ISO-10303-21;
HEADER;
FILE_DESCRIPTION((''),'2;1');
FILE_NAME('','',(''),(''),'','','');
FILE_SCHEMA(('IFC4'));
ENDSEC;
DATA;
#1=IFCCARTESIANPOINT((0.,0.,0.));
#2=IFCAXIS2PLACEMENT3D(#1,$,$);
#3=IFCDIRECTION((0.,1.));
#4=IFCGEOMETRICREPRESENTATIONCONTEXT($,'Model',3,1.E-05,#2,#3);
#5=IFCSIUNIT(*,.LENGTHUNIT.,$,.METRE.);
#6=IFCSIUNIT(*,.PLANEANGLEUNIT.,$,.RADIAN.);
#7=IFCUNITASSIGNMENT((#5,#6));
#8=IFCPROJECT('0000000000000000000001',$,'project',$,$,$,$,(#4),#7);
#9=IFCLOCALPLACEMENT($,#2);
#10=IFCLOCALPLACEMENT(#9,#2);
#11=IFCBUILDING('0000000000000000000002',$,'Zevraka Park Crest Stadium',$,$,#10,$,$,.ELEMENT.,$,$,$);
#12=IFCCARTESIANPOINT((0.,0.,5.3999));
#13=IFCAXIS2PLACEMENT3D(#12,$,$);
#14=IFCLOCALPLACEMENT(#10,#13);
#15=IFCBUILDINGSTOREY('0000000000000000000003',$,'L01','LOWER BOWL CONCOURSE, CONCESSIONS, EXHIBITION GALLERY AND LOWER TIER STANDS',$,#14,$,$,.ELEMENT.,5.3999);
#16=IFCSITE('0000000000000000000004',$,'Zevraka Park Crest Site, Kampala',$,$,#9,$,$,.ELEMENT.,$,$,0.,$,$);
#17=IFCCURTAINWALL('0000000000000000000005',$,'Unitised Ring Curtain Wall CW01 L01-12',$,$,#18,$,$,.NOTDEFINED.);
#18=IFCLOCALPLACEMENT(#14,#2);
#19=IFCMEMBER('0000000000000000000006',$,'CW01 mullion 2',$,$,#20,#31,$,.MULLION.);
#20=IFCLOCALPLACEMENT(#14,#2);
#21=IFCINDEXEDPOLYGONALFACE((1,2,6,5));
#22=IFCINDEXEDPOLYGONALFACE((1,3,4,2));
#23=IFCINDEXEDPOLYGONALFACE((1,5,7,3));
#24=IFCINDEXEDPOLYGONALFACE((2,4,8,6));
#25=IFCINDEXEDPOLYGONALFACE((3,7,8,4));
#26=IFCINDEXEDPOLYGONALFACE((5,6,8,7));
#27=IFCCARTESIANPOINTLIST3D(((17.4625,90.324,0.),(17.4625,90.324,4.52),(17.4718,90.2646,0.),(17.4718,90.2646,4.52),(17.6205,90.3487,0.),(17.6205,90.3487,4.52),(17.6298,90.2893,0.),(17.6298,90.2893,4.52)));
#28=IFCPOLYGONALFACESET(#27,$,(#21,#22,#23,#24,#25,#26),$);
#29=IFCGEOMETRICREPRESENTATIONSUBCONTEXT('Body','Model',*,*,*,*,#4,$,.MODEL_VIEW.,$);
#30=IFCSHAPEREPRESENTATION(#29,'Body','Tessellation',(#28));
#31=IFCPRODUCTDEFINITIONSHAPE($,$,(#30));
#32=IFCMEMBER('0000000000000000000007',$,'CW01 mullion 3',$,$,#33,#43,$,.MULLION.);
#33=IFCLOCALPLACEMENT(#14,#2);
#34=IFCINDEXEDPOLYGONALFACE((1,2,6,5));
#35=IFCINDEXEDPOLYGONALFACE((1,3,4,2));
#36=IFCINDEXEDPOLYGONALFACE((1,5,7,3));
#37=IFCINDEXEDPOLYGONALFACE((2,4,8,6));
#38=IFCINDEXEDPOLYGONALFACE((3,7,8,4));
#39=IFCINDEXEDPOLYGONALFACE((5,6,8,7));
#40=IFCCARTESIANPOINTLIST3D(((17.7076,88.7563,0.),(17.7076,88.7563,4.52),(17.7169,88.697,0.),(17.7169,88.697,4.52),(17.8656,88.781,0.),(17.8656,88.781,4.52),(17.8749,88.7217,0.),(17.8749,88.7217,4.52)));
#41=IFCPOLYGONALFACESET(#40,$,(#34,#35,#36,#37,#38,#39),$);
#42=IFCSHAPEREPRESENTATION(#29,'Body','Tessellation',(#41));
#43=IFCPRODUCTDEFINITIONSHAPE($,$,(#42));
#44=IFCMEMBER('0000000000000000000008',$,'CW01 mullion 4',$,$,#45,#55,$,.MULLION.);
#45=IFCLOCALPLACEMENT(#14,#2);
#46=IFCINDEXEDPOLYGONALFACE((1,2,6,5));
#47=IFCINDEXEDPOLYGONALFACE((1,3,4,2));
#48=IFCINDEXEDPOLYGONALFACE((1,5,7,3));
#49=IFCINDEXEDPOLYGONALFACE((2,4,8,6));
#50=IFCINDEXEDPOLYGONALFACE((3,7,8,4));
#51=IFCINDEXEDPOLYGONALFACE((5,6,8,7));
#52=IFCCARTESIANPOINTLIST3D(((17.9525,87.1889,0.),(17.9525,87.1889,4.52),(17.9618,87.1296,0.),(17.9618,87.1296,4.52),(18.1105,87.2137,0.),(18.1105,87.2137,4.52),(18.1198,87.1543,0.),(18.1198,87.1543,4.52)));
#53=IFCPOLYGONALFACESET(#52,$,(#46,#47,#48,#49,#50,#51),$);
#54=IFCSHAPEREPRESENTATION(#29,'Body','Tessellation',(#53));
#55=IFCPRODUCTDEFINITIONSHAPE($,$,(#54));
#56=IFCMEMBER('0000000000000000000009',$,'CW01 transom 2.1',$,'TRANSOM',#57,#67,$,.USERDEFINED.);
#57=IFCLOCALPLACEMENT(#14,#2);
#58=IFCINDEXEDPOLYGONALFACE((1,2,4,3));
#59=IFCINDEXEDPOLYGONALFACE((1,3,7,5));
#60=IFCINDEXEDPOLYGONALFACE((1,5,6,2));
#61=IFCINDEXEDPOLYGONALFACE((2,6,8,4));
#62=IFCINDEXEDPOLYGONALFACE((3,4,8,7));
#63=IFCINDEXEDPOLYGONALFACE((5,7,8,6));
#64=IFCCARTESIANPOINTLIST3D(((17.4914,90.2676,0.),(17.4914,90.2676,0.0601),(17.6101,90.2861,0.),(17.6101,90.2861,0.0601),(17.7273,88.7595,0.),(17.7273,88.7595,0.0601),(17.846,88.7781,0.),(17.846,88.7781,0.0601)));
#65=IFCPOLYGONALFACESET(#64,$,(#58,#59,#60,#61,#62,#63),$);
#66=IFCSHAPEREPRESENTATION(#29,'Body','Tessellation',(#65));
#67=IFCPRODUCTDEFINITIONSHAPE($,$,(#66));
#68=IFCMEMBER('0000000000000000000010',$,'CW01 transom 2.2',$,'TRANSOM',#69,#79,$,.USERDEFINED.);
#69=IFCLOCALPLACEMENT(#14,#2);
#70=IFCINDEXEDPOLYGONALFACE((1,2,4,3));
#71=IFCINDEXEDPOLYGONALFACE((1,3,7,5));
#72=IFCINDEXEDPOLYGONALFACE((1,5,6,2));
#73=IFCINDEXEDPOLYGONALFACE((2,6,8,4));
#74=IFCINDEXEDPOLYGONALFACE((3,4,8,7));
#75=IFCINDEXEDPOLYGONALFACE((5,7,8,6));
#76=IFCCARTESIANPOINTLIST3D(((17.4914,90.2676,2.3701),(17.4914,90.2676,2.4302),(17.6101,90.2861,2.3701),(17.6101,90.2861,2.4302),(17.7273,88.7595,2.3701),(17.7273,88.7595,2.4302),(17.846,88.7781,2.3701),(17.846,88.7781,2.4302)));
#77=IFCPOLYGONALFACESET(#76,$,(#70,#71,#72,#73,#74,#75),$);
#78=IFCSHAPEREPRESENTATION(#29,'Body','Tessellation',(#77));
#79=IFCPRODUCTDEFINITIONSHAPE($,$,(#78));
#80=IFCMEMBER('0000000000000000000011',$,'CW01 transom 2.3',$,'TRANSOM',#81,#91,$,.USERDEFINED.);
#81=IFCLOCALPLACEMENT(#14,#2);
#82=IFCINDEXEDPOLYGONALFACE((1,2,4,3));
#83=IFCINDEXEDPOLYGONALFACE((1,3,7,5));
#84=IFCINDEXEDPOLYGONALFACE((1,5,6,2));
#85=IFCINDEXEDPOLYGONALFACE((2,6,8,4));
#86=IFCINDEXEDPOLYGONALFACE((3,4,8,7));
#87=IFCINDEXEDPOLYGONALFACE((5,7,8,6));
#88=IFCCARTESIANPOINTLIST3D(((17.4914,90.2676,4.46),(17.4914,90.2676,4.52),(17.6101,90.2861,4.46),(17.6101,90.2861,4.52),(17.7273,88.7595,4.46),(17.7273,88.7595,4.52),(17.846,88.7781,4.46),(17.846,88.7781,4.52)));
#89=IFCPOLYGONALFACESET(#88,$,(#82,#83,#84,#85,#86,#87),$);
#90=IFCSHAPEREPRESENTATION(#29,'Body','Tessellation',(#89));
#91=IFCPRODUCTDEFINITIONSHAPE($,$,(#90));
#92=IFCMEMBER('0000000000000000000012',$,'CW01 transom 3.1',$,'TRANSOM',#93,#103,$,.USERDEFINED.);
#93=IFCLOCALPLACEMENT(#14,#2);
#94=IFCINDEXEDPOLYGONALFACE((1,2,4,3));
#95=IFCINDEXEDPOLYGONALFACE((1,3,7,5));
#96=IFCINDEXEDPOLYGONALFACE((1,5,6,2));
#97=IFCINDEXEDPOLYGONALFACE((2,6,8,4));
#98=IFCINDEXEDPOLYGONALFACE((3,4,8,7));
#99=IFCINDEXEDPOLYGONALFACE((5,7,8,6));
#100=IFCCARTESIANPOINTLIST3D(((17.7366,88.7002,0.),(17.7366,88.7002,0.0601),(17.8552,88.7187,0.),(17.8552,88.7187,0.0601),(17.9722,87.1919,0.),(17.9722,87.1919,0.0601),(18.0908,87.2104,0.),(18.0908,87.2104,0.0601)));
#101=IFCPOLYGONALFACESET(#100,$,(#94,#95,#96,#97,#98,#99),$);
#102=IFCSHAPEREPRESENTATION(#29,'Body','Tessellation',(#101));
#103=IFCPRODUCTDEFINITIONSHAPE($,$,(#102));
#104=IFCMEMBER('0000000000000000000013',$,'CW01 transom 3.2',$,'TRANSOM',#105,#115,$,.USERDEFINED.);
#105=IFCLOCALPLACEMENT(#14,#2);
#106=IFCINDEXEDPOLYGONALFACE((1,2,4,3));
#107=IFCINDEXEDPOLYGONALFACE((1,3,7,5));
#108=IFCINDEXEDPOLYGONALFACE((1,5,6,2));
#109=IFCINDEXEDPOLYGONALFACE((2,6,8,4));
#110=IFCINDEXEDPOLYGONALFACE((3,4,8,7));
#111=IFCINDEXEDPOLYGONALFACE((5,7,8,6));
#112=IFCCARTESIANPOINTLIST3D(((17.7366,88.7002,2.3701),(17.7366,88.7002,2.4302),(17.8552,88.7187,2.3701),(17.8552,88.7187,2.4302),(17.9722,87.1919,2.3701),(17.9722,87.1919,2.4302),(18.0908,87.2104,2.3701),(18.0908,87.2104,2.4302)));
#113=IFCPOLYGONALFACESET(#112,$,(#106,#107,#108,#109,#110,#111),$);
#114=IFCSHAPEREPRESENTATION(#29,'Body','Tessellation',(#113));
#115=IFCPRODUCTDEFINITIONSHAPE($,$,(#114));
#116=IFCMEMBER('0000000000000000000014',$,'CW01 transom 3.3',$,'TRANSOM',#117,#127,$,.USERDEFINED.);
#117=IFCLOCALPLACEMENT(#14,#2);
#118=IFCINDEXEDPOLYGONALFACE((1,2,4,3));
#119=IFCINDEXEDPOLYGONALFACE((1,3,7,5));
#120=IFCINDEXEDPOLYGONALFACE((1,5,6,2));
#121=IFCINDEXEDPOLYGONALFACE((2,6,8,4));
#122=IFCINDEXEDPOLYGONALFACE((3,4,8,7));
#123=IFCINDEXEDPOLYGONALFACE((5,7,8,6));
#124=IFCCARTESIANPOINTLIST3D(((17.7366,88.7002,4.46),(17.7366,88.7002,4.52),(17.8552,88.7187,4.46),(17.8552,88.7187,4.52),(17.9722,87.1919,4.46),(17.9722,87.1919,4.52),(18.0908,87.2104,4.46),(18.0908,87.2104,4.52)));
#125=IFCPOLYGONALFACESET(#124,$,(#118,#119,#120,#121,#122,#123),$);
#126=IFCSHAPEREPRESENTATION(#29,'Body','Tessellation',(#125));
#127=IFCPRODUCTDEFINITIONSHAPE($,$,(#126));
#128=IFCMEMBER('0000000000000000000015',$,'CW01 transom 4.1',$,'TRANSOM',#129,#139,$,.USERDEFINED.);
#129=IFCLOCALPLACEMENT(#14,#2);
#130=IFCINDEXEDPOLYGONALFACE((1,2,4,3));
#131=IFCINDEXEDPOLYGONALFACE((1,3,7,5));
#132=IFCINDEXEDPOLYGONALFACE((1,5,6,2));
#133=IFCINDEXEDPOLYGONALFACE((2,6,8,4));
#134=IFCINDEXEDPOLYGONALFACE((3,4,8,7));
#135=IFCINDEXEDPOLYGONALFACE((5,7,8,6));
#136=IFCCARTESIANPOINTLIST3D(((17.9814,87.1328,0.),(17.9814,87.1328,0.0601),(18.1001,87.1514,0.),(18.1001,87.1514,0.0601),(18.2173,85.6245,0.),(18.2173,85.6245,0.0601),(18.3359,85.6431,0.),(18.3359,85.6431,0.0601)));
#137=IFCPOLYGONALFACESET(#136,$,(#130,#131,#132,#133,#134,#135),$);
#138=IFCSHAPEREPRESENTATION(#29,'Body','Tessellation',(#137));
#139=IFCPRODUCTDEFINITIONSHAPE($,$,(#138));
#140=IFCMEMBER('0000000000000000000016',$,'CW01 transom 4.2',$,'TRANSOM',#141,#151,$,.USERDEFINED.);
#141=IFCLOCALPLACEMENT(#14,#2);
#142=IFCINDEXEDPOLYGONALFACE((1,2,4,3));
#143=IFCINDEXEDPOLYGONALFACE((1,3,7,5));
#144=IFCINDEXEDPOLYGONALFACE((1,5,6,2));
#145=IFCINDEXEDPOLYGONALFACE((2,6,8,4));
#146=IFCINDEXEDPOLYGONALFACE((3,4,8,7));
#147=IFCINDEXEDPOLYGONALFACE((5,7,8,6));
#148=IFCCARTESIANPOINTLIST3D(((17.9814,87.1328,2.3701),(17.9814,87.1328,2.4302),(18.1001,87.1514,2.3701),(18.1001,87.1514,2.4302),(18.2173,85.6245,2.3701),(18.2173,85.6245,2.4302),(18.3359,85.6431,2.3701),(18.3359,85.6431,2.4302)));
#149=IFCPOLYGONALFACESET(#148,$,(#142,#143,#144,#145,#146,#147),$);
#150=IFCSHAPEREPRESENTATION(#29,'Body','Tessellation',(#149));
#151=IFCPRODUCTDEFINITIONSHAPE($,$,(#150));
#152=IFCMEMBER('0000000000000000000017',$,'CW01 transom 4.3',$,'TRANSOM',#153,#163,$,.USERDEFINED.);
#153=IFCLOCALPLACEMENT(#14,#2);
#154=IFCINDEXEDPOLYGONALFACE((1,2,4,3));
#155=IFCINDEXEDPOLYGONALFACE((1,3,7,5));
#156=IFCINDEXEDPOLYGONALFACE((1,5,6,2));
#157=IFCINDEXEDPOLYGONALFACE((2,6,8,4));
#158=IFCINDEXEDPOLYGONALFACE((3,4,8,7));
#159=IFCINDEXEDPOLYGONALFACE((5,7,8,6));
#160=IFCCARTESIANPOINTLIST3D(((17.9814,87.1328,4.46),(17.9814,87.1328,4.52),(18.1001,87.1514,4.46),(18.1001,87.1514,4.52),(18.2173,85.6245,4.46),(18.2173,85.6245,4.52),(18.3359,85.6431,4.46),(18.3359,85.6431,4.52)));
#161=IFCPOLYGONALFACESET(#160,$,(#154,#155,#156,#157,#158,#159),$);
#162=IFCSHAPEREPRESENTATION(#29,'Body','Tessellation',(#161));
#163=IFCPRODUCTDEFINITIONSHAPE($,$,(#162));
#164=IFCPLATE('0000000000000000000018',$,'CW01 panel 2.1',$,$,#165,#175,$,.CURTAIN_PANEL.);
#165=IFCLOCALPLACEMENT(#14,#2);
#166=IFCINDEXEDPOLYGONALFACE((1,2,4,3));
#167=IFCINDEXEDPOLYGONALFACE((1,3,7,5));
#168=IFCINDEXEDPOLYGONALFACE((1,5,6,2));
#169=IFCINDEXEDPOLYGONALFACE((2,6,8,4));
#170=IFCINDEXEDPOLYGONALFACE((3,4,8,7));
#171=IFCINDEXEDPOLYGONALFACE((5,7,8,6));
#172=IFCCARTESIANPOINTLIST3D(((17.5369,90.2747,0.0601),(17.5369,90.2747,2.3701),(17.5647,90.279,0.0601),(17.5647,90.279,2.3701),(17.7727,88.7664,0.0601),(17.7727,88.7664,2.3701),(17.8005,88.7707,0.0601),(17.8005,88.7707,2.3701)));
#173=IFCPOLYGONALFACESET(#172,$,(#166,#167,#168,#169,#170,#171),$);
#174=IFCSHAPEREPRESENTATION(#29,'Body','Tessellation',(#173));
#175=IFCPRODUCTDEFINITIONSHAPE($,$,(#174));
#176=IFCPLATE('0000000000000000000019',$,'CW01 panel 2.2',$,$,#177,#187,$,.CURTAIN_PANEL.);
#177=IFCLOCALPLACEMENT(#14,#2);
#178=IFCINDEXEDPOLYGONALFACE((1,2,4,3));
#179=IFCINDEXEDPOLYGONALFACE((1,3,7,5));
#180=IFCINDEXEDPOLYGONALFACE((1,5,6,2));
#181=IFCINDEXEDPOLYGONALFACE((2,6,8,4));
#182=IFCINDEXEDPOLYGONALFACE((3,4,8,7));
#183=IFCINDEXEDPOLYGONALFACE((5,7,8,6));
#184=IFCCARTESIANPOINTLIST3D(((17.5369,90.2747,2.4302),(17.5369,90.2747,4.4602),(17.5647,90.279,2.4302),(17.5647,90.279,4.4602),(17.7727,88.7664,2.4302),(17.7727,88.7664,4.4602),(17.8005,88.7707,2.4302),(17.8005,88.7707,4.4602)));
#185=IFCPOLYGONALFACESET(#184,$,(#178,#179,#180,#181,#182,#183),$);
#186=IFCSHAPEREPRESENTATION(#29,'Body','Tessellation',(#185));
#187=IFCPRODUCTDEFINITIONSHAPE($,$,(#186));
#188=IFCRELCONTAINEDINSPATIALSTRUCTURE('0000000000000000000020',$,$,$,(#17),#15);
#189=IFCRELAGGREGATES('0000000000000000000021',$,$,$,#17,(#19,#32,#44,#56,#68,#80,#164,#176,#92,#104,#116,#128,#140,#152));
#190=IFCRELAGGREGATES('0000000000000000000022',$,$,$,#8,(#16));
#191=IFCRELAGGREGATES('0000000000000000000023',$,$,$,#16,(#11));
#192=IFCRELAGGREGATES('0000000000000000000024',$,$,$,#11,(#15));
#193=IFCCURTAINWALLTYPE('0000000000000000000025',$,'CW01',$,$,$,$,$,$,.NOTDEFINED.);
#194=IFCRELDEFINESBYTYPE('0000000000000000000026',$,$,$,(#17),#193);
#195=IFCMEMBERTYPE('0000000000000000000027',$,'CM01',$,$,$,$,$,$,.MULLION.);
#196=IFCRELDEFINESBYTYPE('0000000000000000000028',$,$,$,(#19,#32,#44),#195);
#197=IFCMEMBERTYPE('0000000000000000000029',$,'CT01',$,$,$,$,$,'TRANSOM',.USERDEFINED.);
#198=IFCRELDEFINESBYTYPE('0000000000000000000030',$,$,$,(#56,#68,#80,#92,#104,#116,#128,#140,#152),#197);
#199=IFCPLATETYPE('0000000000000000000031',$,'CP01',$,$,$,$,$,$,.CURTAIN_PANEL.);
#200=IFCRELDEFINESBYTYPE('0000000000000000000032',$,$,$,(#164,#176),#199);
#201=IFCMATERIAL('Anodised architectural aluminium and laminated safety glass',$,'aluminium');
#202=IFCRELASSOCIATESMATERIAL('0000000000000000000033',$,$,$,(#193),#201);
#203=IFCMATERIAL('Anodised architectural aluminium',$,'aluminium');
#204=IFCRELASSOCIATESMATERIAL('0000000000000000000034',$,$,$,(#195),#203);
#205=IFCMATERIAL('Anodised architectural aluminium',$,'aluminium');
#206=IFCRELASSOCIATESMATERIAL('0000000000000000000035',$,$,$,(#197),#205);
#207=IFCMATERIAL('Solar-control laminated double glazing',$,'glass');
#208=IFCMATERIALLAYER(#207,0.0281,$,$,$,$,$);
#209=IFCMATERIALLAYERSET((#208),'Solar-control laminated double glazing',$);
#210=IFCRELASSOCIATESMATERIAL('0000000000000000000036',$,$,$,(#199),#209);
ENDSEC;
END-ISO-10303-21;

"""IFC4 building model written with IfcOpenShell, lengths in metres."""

from ifc_helpers import new_model, si_unit, direction, frame, origin, origin_2d, place, context, subcontext, project, spatial, rectangle, extrude, material, layer, layer_set, material_profile, profile_set, type_object, element, aggregate, save


model = new_model("IFC4")

# Units and contexts
model_context = context("Model", 3, precision=1e-05, world=origin(), true_north=direction((0.0, 1.0)))
body_context = subcontext(model_context, "Body", "Model", "MODEL_VIEW")
ifc_project = project(units=[si_unit("LENGTHUNIT", "METRE"), si_unit("PLANEANGLEUNIT", "RADIAN")], contexts=[model_context])

# Site, building, storey
site_placement = place(None, origin())
site = spatial("IfcSite", under=ifc_project, at=site_placement, Name="Zevraka Park Crest Site, Kampala", CompositionType="ELEMENT", RefElevation=0.0)
building_placement = place(site_placement, origin())
building = spatial("IfcBuilding", under=site, at=building_placement, Name="Zevraka Park Crest Stadium", CompositionType="ELEMENT")
storey_placement = place(building_placement, frame((0.0, 0.0, 5.3999)))
storey = spatial("IfcBuildingStorey", under=building, at=storey_placement, Name="L01", Description="LOWER BOWL CONCOURSE, CONCESSIONS, EXHIBITION GALLERY AND LOWER TIER STANDS", CompositionType="ELEMENT", Elevation=5.3999)

# Curtain wall, members, plates
ifc_material_1 = material(Name="Anodised architectural aluminium and laminated safety glass", Category="aluminium")
curtain_wall_type = type_object("IfcCurtainWallType", Name="CW01", PredefinedType="NOTDEFINED", material=ifc_material_1)
curtain_wall_placement = place(storey_placement, origin())
curtain_wall = element("IfcCurtainWall", 1, at=curtain_wall_placement, inside=storey, type_object=curtain_wall_type, Name="Unitised Ring Curtain Wall CW01 L01-12", PredefinedType="NOTDEFINED")
ifc_material_2 = material(Name="Anodised architectural aluminium", Category="aluminium")
ifc_material_profile_1 = material_profile(ifc_material_2, rectangle(XDim=0.1599, YDim=0.0601, at=origin_2d()), Name="ALU MULLION 160x60")
ifc_profile_set_1 = profile_set([ifc_material_profile_1], Name="Anodised architectural aluminium")
member_type_1 = type_object("IfcMemberType", Name="CM01", PredefinedType="MULLION", material=ifc_profile_set_1)
member_1_placement = place(storey_placement, frame((17.5461, 90.3066, 0.0), z_axis=(0.0, 0.0, 1.0), x_axis=(0.987997, 0.154476, 0.0)))
member_1 = element("IfcMember", 2, at=member_1_placement, type_object=member_type_1, Name="CW01 mullion 2", PredefinedType="MULLION", context=body_context, shape_type="SweptSolid", body=[
    extrude(rectangle(XDim=0.1599, YDim=0.0601, at=origin_2d()), origin(), (0.0, 0.0, 1.0), 4.52),
])
member_2_placement = place(storey_placement, frame((17.7913, 88.739, 0.0), z_axis=(0.0, 0.0, 1.0), x_axis=(0.987997, 0.154476, 0.0)))
member_2 = element("IfcMember", 3, at=member_2_placement, type_object=member_type_1, Name="CW01 mullion 3", PredefinedType="MULLION", context=body_context, shape_type="SweptSolid", body=[
    extrude(rectangle(XDim=0.1599, YDim=0.0601, at=origin_2d()), origin(), (0.0, 0.0, 1.0), 4.52),
])
member_3_placement = place(storey_placement, frame((18.0361, 87.1716, 0.0), z_axis=(0.0, 0.0, 1.0), x_axis=(0.987997, 0.154476, 0.0)))
member_3 = element("IfcMember", 4, at=member_3_placement, type_object=member_type_1, Name="CW01 mullion 4", PredefinedType="MULLION", context=body_context, shape_type="SweptSolid", body=[
    extrude(rectangle(XDim=0.1599, YDim=0.0601, at=origin_2d()), origin(), (0.0, 0.0, 1.0), 4.52),
])
ifc_material_3 = material(Name="Anodised architectural aluminium", Category="aluminium")
ifc_material_profile_2 = material_profile(ifc_material_3, rectangle(XDim=0.1201, YDim=0.0601, at=origin_2d()), Name="ALU TRANSOM 120x60")
ifc_profile_set_2 = profile_set([ifc_material_profile_2], Name="Anodised architectural aluminium")
member_type_2 = type_object("IfcMemberType", Name="CT01", ElementType="TRANSOM", PredefinedType="USERDEFINED", material=ifc_profile_set_2)
member_4_placement = place(storey_placement, frame((17.5508, 90.2769, 0.03), z_axis=(0.154509, -0.987991, 0.0), x_axis=(0.987991, 0.154509, 0.0)))
member_4 = element("IfcMember", 5, at=member_4_placement, type_object=member_type_2, Name="CW01 transom 2.1", ObjectType="TRANSOM", PredefinedType="USERDEFINED", context=body_context, shape_type="SweptSolid", body=[
    extrude(rectangle(XDim=0.1201, YDim=0.0601, at=origin_2d()), origin(), (0.0, 0.0, 1.0), 1.5264),
])
member_5_placement = place(storey_placement, frame((17.5508, 90.2769, 2.4001), z_axis=(0.154509, -0.987991, 0.0), x_axis=(0.987991, 0.154509, 0.0)))
member_5 = element("IfcMember", 6, at=member_5_placement, type_object=member_type_2, Name="CW01 transom 2.2", ObjectType="TRANSOM", PredefinedType="USERDEFINED", context=body_context, shape_type="SweptSolid", body=[
    extrude(rectangle(XDim=0.1201, YDim=0.0601, at=origin_2d()), origin(), (0.0, 0.0, 1.0), 1.5264),
])
member_6_placement = place(storey_placement, frame((17.5508, 90.2769, 4.49), z_axis=(0.154509, -0.987991, 0.0), x_axis=(0.987991, 0.154509, 0.0)))
member_6 = element("IfcMember", 7, at=member_6_placement, type_object=member_type_2, Name="CW01 transom 2.3", ObjectType="TRANSOM", PredefinedType="USERDEFINED", context=body_context, shape_type="SweptSolid", body=[
    extrude(rectangle(XDim=0.1201, YDim=0.0601, at=origin_2d()), origin(), (0.0, 0.0, 1.0), 1.5264),
])
member_7_placement = place(storey_placement, frame((17.7959, 88.7095, 0.03), z_axis=(0.154328, -0.98802, 0.0), x_axis=(0.98802, 0.154328, 0.0)))
member_7 = element("IfcMember", 8, at=member_7_placement, type_object=member_type_2, Name="CW01 transom 3.1", ObjectType="TRANSOM", PredefinedType="USERDEFINED", context=body_context, shape_type="SweptSolid", body=[
    extrude(rectangle(XDim=0.1201, YDim=0.0601, at=origin_2d()), origin(), (0.0, 0.0, 1.0), 1.5266),
])
member_8_placement = place(storey_placement, frame((17.7959, 88.7095, 2.4001), z_axis=(0.154328, -0.98802, 0.0), x_axis=(0.98802, 0.154328, 0.0)))
member_8 = element("IfcMember", 9, at=member_8_placement, type_object=member_type_2, Name="CW01 transom 3.2", ObjectType="TRANSOM", PredefinedType="USERDEFINED", context=body_context, shape_type="SweptSolid", body=[
    extrude(rectangle(XDim=0.1201, YDim=0.0601, at=origin_2d()), origin(), (0.0, 0.0, 1.0), 1.5266),
])
member_9_placement = place(storey_placement, frame((17.7959, 88.7095, 4.49), z_axis=(0.154328, -0.98802, 0.0), x_axis=(0.98802, 0.154328, 0.0)))
member_9 = element("IfcMember", 10, at=member_9_placement, type_object=member_type_2, Name="CW01 transom 3.3", ObjectType="TRANSOM", PredefinedType="USERDEFINED", context=body_context, shape_type="SweptSolid", body=[
    extrude(rectangle(XDim=0.1201, YDim=0.0601, at=origin_2d()), origin(), (0.0, 0.0, 1.0), 1.5266),
])
member_10_placement = place(storey_placement, frame((18.0408, 87.1421, 0.03), z_axis=(0.154484, -0.987995, 0.0), x_axis=(0.987995, 0.154484, 0.0)))
member_10 = element("IfcMember", 11, at=member_10_placement, type_object=member_type_2, Name="CW01 transom 4.1", ObjectType="TRANSOM", PredefinedType="USERDEFINED", context=body_context, shape_type="SweptSolid", body=[
    extrude(rectangle(XDim=0.1201, YDim=0.0601, at=origin_2d()), origin(), (0.0, 0.0, 1.0), 1.5266),
])
member_11_placement = place(storey_placement, frame((18.0408, 87.1421, 2.4001), z_axis=(0.154484, -0.987995, 0.0), x_axis=(0.987995, 0.154484, 0.0)))
member_11 = element("IfcMember", 12, at=member_11_placement, type_object=member_type_2, Name="CW01 transom 4.2", ObjectType="TRANSOM", PredefinedType="USERDEFINED", context=body_context, shape_type="SweptSolid", body=[
    extrude(rectangle(XDim=0.1201, YDim=0.0601, at=origin_2d()), origin(), (0.0, 0.0, 1.0), 1.5266),
])
member_12_placement = place(storey_placement, frame((18.0408, 87.1421, 4.49), z_axis=(0.154484, -0.987995, 0.0), x_axis=(0.987995, 0.154484, 0.0)))
member_12 = element("IfcMember", 13, at=member_12_placement, type_object=member_type_2, Name="CW01 transom 4.3", ObjectType="TRANSOM", PredefinedType="USERDEFINED", context=body_context, shape_type="SweptSolid", body=[
    extrude(rectangle(XDim=0.1201, YDim=0.0601, at=origin_2d()), origin(), (0.0, 0.0, 1.0), 1.5266),
])
ifc_material_4 = material(Name="Solar-control laminated double glazing", Category="glass")
ifc_layer_1 = layer(ifc_material_4, 0.0281)
ifc_layer_set_1 = layer_set([ifc_layer_1], Name="Solar-control laminated double glazing")
plate_type = type_object("IfcPlateType", Name="CP01", PredefinedType="CURTAIN_PANEL", material=ifc_layer_set_1)
plate_1_placement = place(storey_placement, frame((17.6687, 89.5227, 0.0601), z_axis=(0.0, 0.0, 1.0), x_axis=(0.154476, -0.987997, 0.0)))
plate_1 = element("IfcPlate", 14, at=plate_1_placement, type_object=plate_type, Name="CW01 panel 2.1", PredefinedType="CURTAIN_PANEL", context=body_context, shape_type="SweptSolid", body=[
    extrude(rectangle(XDim=1.5266, YDim=0.0281, at=origin_2d()), origin(), (0.0, 0.0, 1.0), 2.3101),
])
plate_2_placement = place(storey_placement, frame((17.6687, 89.5227, 2.4302), z_axis=(0.0, 0.0, 1.0), x_axis=(0.154476, -0.987997, 0.0)))
plate_2 = element("IfcPlate", 15, at=plate_2_placement, type_object=plate_type, Name="CW01 panel 2.2", PredefinedType="CURTAIN_PANEL", context=body_context, shape_type="SweptSolid", body=[
    extrude(rectangle(XDim=1.5266, YDim=0.0281, at=origin_2d()), origin(), (0.0, 0.0, 1.0), 2.03),
])
aggregate(curtain_wall, [member_1, member_2, member_3, member_4, member_5, member_6, plate_1, plate_2, member_7, member_8, member_9, member_10, member_11, member_12])

save(model, "model.ifc")
